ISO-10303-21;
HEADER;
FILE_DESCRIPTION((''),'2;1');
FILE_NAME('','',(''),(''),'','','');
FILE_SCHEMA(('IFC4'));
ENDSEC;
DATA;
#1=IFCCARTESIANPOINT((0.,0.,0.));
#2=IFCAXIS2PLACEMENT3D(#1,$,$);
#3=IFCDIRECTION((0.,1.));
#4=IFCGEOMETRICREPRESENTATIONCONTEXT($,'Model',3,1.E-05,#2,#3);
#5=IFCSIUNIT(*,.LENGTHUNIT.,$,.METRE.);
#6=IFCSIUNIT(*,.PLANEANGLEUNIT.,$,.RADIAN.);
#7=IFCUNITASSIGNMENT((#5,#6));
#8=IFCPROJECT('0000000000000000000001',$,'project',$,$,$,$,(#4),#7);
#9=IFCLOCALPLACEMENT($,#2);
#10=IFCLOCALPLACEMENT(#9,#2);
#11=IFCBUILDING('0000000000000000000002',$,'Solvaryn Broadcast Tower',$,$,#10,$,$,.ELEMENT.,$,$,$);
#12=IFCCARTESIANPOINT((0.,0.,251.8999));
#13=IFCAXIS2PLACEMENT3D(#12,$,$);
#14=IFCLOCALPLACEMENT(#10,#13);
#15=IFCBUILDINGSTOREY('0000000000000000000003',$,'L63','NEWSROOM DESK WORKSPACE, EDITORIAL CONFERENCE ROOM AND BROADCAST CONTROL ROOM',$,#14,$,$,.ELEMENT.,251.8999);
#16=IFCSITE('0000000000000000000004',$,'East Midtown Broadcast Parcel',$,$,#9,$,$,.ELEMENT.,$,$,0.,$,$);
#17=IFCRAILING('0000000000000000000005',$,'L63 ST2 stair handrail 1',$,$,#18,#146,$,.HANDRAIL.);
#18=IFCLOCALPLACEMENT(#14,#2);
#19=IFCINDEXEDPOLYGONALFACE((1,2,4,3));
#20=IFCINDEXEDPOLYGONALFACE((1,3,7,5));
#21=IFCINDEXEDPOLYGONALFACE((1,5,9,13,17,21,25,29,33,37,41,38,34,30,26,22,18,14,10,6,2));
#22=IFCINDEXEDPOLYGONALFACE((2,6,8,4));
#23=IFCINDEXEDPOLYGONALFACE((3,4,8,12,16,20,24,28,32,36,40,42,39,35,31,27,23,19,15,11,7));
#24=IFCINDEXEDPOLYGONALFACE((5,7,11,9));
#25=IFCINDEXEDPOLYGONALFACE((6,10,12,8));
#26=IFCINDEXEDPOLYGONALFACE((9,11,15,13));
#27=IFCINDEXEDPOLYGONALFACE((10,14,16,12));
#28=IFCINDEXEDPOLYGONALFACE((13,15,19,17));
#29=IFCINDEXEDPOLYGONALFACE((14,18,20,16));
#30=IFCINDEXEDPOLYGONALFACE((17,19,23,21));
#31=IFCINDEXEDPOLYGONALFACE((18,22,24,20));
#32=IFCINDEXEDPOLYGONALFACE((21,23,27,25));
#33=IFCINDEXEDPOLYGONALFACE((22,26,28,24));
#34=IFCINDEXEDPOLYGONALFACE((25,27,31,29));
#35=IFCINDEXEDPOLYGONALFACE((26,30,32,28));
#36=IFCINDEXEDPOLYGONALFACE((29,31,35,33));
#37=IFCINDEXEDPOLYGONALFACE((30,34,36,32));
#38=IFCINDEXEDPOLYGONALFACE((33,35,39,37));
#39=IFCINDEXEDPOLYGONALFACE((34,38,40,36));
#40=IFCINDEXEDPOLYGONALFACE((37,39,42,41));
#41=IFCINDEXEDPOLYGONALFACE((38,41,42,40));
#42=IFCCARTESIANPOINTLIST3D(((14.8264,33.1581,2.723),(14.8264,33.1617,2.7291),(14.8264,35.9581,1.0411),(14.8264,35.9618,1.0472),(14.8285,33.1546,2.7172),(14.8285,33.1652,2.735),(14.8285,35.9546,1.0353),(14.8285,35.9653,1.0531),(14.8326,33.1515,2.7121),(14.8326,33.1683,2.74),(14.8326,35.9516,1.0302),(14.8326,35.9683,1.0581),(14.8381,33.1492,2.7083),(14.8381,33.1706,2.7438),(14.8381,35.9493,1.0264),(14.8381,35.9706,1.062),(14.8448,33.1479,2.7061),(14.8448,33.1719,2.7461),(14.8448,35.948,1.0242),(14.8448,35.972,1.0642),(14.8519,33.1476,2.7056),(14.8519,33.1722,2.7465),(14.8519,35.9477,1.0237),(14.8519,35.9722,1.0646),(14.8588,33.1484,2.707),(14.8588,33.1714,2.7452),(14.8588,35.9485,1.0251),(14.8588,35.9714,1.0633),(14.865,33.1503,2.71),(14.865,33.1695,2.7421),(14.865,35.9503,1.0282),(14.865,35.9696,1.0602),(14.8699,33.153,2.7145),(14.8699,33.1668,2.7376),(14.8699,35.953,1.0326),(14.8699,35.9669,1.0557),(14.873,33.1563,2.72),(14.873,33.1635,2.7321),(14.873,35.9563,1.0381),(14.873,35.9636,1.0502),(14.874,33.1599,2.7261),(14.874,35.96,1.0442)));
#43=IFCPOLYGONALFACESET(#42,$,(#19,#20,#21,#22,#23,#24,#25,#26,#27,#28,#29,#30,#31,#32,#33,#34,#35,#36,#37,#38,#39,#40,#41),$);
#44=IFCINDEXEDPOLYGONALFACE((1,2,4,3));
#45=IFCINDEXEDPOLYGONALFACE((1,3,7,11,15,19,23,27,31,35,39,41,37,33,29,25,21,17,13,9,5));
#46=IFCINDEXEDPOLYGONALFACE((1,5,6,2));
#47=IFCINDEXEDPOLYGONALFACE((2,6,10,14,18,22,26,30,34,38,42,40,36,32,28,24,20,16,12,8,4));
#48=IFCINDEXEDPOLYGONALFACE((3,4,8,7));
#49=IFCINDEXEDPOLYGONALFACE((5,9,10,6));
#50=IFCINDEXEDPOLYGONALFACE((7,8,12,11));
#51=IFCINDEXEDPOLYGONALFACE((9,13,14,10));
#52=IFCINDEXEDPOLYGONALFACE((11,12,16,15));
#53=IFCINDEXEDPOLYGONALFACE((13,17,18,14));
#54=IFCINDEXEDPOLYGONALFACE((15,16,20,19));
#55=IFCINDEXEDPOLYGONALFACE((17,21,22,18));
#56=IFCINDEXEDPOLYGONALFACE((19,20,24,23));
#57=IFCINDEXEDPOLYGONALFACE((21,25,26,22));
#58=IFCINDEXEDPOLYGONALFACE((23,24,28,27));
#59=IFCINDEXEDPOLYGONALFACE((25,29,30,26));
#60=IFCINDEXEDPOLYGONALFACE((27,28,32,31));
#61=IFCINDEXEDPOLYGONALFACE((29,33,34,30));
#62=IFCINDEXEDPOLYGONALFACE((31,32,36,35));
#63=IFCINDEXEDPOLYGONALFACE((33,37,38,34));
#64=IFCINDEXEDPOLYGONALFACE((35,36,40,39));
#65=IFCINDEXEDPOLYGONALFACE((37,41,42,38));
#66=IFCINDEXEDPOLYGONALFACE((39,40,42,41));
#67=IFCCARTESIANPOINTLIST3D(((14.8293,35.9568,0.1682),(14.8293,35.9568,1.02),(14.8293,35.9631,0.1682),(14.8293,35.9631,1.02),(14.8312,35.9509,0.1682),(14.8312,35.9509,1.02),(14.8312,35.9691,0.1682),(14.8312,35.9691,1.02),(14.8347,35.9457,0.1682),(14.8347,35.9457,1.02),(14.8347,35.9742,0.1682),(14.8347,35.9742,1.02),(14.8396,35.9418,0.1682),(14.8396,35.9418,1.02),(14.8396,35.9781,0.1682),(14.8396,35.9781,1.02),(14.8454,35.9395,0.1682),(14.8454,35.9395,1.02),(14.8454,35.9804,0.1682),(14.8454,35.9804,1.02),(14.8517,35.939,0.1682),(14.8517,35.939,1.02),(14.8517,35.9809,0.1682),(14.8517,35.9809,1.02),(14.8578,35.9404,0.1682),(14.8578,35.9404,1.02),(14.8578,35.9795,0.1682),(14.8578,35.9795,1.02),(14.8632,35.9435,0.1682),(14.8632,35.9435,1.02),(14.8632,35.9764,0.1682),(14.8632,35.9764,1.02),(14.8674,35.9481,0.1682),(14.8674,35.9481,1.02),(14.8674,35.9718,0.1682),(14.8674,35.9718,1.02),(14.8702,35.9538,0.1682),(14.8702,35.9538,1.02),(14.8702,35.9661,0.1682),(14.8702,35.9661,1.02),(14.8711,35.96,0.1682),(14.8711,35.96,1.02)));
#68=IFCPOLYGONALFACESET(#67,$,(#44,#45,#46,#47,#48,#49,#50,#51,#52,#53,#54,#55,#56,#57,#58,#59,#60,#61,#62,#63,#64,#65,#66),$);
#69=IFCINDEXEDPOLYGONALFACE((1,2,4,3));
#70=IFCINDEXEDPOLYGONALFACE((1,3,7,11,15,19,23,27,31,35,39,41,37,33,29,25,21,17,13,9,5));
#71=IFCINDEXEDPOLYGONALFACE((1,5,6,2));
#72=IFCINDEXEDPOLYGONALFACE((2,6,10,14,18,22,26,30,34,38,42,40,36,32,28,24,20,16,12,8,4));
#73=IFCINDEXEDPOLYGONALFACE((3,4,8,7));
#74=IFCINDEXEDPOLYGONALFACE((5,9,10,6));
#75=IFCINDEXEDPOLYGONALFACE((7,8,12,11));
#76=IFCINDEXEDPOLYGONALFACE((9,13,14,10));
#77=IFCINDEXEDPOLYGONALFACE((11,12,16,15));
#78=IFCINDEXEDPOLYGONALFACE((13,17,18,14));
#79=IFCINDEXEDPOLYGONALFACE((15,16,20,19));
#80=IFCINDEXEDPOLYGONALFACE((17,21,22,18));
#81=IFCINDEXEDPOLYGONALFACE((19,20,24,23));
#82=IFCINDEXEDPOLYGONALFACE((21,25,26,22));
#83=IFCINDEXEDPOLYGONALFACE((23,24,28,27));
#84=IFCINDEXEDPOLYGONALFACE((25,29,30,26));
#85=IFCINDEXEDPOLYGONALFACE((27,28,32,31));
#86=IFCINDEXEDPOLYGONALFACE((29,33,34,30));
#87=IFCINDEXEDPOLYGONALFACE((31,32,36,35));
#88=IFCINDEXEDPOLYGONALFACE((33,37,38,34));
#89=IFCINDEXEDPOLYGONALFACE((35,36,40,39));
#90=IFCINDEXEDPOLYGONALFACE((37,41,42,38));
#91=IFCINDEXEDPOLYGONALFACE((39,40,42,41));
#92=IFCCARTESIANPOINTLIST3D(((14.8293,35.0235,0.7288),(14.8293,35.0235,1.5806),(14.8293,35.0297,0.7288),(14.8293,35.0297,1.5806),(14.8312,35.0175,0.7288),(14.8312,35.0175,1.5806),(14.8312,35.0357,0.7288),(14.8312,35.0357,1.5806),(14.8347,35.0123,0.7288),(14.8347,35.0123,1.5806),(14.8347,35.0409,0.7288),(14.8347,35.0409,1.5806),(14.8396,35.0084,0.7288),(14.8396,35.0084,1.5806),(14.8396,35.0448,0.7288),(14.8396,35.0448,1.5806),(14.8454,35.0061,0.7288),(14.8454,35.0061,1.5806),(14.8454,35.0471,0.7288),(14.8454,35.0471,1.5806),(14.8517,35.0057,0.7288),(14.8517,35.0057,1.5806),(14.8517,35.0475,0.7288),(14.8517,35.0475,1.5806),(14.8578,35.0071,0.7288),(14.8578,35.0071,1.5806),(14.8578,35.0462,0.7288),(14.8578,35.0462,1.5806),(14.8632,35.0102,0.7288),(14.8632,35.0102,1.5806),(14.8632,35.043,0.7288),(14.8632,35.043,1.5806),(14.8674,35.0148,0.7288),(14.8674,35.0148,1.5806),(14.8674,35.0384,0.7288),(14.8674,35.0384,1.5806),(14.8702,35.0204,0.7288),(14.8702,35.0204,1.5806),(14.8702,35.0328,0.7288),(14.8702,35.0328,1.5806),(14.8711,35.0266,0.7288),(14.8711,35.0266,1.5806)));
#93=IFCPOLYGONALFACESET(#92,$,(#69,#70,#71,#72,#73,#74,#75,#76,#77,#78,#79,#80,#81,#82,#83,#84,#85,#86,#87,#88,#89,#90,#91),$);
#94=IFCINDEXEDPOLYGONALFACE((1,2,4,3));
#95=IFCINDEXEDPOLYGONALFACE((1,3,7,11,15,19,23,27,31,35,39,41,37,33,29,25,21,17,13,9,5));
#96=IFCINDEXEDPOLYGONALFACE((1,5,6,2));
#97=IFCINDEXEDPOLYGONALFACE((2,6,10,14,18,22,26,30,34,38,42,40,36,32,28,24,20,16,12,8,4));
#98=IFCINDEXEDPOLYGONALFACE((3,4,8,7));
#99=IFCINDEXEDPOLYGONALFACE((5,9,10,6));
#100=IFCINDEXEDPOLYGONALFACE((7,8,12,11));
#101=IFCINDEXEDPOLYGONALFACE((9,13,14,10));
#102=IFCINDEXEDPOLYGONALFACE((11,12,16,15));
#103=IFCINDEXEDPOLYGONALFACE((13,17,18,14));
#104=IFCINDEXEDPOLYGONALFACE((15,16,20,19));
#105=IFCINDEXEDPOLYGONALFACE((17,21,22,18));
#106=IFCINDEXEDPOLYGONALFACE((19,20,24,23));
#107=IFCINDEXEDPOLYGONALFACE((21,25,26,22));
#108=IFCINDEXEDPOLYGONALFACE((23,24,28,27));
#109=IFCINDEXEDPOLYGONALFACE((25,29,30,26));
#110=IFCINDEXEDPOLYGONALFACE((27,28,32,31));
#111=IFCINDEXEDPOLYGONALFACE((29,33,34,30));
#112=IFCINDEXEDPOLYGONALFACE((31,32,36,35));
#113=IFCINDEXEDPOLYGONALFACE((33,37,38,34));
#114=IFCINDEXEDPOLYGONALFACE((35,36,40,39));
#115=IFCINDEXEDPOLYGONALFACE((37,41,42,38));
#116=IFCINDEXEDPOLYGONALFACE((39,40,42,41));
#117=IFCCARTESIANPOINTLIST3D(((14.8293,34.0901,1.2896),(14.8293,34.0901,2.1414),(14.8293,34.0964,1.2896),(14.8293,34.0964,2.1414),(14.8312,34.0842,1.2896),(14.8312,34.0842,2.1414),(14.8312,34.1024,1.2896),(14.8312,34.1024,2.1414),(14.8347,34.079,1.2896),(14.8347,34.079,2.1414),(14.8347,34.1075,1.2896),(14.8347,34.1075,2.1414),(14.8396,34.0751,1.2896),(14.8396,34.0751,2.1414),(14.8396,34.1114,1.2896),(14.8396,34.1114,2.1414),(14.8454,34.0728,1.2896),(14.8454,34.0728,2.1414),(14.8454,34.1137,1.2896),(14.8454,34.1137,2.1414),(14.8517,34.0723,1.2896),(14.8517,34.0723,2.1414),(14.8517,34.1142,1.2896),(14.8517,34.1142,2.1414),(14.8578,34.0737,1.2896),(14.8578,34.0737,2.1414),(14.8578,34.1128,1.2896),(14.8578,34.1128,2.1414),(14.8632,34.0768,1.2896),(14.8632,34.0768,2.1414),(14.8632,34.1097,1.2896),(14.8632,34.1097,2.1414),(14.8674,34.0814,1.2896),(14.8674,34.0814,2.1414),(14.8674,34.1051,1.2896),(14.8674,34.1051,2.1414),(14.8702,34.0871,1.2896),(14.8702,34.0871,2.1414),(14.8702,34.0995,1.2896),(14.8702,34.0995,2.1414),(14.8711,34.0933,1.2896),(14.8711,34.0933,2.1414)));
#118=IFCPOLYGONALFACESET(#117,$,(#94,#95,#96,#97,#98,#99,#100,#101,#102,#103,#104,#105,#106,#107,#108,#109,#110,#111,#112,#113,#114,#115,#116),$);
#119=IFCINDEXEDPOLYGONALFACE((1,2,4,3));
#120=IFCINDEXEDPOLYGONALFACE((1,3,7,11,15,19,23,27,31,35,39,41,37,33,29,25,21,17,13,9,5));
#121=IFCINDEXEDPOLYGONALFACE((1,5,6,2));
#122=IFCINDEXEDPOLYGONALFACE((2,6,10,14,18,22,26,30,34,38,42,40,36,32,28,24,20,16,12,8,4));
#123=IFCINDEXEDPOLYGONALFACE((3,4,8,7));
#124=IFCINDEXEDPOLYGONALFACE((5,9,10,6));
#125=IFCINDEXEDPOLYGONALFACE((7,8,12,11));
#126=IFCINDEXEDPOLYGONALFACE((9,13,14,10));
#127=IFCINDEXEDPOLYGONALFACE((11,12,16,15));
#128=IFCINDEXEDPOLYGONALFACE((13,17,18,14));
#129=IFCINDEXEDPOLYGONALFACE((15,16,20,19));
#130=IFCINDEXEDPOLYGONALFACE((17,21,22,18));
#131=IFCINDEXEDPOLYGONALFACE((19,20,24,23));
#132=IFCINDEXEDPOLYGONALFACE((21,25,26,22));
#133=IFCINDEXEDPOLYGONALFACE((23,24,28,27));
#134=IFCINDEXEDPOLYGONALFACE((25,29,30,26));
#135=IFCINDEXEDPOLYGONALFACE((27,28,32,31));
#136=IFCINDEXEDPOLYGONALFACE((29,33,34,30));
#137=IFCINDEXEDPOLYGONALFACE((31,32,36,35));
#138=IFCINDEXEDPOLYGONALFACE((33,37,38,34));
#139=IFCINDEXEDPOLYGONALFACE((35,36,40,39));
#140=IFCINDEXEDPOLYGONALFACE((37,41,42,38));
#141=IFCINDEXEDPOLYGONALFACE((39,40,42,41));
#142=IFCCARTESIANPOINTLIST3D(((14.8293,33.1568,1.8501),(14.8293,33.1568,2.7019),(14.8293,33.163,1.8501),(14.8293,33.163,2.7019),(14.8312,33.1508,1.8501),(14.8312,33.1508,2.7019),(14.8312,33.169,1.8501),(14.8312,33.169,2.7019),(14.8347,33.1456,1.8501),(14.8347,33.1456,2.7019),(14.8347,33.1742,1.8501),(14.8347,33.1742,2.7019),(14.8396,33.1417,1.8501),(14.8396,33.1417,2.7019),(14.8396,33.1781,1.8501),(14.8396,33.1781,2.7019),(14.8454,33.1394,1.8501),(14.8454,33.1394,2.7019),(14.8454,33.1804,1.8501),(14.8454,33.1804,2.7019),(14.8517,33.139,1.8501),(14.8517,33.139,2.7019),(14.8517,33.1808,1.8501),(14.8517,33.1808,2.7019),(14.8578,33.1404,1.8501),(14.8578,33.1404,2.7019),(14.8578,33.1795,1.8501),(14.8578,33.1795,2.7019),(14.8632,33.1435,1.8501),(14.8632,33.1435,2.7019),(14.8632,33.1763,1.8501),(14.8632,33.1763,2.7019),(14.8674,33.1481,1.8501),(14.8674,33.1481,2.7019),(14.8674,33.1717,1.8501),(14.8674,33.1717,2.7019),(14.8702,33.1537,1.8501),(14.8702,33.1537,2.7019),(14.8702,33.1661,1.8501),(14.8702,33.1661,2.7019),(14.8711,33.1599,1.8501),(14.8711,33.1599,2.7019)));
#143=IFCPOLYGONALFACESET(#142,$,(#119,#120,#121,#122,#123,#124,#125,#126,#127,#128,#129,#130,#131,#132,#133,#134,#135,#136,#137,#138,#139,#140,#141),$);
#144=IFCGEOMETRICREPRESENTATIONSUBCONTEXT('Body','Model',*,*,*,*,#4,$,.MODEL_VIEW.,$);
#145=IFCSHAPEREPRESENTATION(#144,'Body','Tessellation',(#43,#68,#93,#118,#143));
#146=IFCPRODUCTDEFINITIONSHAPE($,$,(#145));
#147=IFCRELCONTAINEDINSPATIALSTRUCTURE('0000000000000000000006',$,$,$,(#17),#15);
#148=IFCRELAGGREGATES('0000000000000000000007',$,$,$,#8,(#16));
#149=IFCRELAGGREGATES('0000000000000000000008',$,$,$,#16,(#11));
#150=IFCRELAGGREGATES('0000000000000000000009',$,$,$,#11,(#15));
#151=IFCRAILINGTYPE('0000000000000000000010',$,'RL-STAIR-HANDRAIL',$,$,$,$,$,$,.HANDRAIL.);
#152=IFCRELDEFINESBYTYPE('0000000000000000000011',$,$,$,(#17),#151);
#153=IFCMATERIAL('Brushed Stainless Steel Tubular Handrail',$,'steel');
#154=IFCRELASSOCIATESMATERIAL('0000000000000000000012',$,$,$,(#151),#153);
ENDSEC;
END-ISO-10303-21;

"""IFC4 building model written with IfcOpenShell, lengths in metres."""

from ifc_helpers import new_model, si_unit, direction, frame, origin, origin_2d, place, context, subcontext, project, spatial, circle, extrude, material, type_object, element, save


model = new_model("IFC4")

# Units and contexts
model_context = context("Model", 3, precision=1e-05, world=origin(), true_north=direction((0.0, 1.0)))
body_context = subcontext(model_context, "Body", "Model", "MODEL_VIEW")
ifc_project = project(units=[si_unit("LENGTHUNIT", "METRE"), si_unit("PLANEANGLEUNIT", "RADIAN")], contexts=[model_context])

# Site, building, storey
site_placement = place(None, origin())
site = spatial("IfcSite", under=ifc_project, at=site_placement, Name="East Midtown Broadcast Parcel", CompositionType="ELEMENT", RefElevation=0.0)
building_placement = place(site_placement, origin())
building = spatial("IfcBuilding", under=site, at=building_placement, Name="Solvaryn Broadcast Tower", CompositionType="ELEMENT")
storey_placement = place(building_placement, frame((0.0, 0.0, 251.8999)))
storey = spatial("IfcBuildingStorey", under=building, at=storey_placement, Name="L63", Description="NEWSROOM DESK WORKSPACE, EDITORIAL CONFERENCE ROOM AND BROADCAST CONTROL ROOM", CompositionType="ELEMENT", Elevation=251.8999)

# Railing
ifc_material_1 = material(Name="Brushed Stainless Steel Tubular Handrail", Category="steel")
railing_type_1 = type_object("IfcRailingType", Name="RL-STAIR-HANDRAIL", PredefinedType="HANDRAIL", material=ifc_material_1)
railing_1_placement = place(storey_placement, frame((14.8501, 35.96, 0.1682)))
element("IfcRailing", 1, at=railing_1_placement, inside=storey, type_object=railing_type_1, Name="L63 ST2 stair handrail 1", PredefinedType="HANDRAIL", context=body_context, shape_type="SweptSolid", body=[
    extrude(circle(Radius=0.0239, at=origin_2d()), frame((0.0, 0.0, 0.876), z_axis=(0.0, -0.857242, 0.514913), x_axis=(1.0, 0.0, 0.0)), (0.0, 0.0, 1.0), 3.2664),
    extrude(circle(Radius=0.021, at=origin_2d()), origin(), (0.0, 0.0, 1.0), 0.8518),
    extrude(circle(Radius=0.021, at=origin_2d()), frame((0.0, -0.9333, 0.5605)), (0.0, 0.0, 1.0), 0.8518),
    extrude(circle(Radius=0.021, at=origin_2d()), frame((0.0, -1.8667, 1.1213)), (0.0, 0.0, 1.0), 0.8518),
    extrude(circle(Radius=0.021, at=origin_2d()), frame((0.0, -2.8, 1.6819)), (0.0, 0.0, 1.0), 0.8518),
])

save(model, "model.ifc")
